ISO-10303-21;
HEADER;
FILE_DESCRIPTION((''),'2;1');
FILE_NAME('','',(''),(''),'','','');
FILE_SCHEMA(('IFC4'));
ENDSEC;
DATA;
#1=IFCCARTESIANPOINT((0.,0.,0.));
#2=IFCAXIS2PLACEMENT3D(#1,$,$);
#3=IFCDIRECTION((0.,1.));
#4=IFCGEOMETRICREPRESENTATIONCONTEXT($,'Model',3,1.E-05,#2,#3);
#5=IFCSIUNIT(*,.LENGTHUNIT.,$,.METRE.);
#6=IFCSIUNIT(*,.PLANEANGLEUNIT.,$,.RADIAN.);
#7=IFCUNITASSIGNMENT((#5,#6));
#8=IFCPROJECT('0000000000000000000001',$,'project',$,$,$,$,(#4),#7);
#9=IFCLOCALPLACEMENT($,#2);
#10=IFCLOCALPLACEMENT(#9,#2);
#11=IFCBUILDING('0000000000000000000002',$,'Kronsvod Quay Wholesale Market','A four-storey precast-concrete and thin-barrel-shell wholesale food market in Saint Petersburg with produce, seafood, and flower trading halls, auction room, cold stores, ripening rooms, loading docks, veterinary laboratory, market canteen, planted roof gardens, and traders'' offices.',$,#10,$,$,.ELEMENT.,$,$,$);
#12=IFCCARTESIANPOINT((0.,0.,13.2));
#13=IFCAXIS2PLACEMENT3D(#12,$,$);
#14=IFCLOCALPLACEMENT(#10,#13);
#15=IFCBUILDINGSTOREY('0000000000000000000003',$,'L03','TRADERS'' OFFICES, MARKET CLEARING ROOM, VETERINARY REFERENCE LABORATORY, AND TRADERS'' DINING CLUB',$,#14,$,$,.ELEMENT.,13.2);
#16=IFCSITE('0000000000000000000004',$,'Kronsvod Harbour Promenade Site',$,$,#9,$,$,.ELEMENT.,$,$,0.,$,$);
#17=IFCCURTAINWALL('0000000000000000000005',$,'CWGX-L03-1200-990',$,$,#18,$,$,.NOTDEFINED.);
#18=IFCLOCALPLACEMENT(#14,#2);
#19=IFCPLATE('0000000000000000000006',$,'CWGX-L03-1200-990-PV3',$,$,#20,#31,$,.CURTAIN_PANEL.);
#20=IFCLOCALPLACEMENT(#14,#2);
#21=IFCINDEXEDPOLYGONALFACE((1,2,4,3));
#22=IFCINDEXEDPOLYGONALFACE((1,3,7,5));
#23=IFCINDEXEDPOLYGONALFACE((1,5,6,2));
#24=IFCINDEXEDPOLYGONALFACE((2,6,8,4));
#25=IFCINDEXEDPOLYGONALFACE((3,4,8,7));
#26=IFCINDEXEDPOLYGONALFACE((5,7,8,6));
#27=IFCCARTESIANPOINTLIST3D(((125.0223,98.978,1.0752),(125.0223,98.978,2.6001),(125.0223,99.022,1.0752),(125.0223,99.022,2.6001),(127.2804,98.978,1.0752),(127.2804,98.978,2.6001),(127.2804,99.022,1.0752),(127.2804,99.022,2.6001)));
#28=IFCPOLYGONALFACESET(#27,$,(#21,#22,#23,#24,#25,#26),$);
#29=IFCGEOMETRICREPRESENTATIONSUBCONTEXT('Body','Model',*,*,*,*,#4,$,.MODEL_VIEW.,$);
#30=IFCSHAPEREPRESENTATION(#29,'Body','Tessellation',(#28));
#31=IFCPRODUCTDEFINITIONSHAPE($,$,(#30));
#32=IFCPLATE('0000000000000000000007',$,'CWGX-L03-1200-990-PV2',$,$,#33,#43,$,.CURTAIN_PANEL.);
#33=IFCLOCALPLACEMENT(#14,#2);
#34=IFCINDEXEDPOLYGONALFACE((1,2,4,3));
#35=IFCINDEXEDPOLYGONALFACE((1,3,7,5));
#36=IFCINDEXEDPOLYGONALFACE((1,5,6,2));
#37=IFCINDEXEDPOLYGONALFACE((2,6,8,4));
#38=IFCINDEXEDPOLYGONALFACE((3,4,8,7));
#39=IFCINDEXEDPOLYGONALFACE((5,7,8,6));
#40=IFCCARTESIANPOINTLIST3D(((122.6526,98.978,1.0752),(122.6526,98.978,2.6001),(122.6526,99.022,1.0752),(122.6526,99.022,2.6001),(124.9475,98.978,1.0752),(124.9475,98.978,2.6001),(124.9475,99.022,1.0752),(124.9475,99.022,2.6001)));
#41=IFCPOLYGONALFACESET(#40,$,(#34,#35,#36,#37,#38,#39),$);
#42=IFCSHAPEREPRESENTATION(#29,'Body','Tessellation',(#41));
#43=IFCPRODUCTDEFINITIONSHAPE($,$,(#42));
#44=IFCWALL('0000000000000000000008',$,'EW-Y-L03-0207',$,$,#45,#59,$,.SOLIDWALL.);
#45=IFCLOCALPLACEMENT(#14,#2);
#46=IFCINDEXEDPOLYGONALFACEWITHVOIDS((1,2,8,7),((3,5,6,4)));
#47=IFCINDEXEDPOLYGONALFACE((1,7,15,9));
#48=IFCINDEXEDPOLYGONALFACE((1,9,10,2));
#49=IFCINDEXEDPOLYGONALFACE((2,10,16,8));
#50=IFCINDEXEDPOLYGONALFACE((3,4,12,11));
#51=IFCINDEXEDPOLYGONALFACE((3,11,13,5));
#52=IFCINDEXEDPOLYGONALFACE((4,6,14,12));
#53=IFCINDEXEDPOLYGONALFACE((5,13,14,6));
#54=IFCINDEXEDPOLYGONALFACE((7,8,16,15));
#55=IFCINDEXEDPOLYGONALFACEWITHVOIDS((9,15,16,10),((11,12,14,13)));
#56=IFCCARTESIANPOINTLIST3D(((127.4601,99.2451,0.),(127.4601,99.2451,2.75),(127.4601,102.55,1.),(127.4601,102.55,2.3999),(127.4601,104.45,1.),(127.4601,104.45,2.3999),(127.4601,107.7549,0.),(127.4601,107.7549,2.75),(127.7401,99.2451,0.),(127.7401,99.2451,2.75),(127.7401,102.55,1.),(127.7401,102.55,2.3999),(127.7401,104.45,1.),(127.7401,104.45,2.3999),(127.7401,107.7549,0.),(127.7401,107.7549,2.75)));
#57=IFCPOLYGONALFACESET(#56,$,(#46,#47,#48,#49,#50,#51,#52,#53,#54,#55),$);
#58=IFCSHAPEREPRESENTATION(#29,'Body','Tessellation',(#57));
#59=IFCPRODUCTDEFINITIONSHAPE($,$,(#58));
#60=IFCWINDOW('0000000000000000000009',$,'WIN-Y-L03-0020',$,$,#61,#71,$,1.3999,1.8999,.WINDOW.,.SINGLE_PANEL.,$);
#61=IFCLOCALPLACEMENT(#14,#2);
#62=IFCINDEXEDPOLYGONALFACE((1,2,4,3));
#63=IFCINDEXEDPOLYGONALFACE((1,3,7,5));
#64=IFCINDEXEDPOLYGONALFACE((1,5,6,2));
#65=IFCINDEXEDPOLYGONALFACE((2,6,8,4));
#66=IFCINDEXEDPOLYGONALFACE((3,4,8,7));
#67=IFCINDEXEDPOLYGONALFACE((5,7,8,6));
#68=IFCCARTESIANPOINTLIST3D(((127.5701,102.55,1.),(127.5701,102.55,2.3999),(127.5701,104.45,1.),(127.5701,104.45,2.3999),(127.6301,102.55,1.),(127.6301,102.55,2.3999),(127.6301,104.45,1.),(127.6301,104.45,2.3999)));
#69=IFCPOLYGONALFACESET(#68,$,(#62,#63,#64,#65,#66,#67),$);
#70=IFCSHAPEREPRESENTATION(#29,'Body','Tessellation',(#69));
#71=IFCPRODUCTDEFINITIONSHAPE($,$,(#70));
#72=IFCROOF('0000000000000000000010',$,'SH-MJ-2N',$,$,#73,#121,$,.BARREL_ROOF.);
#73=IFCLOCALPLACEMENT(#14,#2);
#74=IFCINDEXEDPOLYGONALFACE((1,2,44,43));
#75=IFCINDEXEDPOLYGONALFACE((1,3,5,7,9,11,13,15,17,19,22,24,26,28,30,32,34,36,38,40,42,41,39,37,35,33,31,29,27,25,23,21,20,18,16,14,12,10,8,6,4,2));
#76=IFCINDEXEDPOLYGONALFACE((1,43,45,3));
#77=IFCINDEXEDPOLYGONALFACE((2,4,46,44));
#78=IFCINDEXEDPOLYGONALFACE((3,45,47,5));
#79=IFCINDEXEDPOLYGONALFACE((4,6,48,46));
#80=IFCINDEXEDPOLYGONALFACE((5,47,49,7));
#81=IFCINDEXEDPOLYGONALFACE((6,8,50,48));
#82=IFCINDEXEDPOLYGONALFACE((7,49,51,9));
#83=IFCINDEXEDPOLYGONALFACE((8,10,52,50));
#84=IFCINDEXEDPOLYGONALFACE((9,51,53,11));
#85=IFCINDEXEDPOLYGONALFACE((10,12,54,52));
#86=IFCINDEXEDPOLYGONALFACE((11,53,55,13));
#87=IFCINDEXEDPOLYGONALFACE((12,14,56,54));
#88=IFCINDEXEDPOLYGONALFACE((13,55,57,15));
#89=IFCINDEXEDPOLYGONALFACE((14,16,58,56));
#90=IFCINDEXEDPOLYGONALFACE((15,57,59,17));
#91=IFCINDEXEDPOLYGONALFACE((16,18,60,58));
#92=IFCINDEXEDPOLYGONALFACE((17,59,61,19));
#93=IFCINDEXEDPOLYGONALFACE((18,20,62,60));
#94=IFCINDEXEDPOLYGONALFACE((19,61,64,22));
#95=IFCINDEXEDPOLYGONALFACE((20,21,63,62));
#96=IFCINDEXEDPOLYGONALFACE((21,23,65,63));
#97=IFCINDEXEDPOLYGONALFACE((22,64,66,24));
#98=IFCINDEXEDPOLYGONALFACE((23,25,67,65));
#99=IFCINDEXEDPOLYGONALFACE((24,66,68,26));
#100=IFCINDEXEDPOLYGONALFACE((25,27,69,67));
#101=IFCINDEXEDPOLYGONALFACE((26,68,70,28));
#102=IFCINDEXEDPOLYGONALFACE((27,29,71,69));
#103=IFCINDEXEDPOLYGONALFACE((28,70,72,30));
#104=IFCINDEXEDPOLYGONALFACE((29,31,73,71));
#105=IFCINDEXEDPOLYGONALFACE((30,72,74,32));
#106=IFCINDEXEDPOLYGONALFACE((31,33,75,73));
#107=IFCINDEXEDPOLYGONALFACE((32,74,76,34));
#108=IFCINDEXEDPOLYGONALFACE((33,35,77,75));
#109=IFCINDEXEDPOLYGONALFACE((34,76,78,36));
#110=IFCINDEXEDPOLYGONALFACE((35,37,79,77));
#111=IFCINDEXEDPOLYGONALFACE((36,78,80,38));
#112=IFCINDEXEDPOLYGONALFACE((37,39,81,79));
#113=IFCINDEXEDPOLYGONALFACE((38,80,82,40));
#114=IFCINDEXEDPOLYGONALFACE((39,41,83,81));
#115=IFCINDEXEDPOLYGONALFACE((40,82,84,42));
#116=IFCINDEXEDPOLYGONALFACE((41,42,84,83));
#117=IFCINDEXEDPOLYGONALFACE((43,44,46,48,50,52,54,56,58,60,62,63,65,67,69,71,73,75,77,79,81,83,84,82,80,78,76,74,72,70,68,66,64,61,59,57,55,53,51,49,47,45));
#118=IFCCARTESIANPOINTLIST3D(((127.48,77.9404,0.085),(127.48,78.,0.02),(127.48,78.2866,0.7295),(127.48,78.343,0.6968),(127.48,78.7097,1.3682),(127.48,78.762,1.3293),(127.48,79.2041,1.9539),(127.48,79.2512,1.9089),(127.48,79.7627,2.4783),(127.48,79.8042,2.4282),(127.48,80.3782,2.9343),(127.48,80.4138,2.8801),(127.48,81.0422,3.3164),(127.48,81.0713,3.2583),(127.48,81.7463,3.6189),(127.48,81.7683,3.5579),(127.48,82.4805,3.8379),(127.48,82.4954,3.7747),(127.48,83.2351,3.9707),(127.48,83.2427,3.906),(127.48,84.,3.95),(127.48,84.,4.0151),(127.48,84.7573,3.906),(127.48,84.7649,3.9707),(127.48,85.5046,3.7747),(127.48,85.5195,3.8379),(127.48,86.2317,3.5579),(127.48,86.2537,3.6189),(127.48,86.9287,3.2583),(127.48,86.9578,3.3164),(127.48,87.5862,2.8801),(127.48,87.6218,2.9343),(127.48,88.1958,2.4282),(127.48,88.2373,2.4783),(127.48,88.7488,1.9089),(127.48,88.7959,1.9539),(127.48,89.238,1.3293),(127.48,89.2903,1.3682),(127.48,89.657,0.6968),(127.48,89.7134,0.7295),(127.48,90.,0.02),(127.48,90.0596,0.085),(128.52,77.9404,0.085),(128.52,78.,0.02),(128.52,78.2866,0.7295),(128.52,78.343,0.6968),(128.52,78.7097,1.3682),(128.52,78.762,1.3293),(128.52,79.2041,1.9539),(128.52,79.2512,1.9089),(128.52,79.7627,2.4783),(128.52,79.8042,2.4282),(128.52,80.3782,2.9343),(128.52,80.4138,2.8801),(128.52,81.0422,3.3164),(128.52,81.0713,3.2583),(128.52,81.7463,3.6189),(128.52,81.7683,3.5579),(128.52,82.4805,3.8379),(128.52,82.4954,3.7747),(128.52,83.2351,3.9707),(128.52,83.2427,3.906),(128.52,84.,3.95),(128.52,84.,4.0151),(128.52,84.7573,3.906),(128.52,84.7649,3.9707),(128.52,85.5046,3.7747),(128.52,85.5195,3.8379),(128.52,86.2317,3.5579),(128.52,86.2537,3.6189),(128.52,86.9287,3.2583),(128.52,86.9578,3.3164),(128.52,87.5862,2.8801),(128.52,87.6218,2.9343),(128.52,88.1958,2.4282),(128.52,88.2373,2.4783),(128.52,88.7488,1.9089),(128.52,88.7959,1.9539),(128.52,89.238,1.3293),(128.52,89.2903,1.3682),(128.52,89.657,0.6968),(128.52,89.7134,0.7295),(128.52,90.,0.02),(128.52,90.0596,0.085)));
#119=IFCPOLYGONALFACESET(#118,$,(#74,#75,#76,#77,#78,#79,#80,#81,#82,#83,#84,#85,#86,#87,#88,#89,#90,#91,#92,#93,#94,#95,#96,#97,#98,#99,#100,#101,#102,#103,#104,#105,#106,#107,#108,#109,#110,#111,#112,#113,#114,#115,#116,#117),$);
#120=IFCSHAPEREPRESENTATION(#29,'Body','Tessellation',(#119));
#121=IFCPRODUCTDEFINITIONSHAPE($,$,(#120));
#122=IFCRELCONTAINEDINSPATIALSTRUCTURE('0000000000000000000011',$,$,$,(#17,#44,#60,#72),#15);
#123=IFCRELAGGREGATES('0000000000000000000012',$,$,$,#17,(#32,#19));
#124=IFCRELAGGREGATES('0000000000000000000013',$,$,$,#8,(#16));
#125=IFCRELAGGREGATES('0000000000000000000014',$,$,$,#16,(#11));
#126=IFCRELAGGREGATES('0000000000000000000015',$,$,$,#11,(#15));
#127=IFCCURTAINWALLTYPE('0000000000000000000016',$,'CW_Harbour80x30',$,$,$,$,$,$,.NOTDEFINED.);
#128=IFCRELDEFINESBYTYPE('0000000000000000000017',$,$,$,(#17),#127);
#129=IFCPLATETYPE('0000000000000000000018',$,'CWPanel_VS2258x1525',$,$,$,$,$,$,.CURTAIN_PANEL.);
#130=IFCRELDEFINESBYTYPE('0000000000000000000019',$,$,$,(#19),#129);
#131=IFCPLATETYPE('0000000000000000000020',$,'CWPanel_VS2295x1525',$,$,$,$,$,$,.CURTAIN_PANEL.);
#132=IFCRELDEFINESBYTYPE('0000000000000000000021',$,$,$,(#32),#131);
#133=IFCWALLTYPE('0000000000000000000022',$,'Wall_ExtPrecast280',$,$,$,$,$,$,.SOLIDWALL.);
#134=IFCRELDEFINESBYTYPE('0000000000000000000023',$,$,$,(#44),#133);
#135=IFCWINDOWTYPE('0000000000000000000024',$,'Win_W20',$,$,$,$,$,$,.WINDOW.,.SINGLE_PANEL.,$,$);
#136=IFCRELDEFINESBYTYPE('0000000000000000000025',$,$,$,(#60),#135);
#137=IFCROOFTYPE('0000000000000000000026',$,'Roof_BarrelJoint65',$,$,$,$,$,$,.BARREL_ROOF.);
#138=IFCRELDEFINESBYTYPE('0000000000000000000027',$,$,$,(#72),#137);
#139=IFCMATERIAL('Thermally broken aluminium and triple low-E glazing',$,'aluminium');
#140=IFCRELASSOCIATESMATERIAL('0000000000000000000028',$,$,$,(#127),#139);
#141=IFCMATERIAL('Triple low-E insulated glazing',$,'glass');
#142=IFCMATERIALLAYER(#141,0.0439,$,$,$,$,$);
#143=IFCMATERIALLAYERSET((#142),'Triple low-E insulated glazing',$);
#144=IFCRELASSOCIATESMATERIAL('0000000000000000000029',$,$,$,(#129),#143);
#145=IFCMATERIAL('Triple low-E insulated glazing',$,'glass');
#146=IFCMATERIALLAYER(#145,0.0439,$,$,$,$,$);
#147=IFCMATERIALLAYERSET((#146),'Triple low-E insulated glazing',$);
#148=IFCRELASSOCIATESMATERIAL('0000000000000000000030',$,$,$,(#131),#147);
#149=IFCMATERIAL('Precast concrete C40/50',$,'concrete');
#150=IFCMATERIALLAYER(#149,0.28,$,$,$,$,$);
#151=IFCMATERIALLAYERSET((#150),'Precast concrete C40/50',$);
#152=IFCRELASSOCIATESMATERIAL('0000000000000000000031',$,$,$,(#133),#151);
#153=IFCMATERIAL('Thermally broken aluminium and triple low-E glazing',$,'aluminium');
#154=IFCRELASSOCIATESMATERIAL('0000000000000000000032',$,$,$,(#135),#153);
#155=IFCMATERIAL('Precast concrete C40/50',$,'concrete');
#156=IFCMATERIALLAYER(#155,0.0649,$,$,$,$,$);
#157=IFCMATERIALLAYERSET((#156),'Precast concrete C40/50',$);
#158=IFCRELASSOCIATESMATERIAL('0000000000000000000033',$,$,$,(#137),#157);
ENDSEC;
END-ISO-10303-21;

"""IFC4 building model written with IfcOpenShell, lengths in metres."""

from ifc_helpers import new_model, si_unit, direction, frame, frame_2d, origin, origin_2d, place, context, subcontext, project, spatial, polyline, rectangle, outline, extrude, material, layer, layer_set, type_object, element, fill, aggregate, save


model = new_model("IFC4")

# Units and contexts
model_context = context("Model", 3, precision=1e-05, world=origin(), true_north=direction((0.0, 1.0)))
body_context = subcontext(model_context, "Body", "Model", "MODEL_VIEW")
ifc_project = project(units=[si_unit("LENGTHUNIT", "METRE"), si_unit("PLANEANGLEUNIT", "RADIAN")], contexts=[model_context])

# Site, building, storey
site_placement = place(None, origin())
site = spatial("IfcSite", under=ifc_project, at=site_placement, Name="Kronsvod Harbour Promenade Site", CompositionType="ELEMENT", RefElevation=0.0)
building_placement = place(site_placement, origin())
building = spatial("IfcBuilding", under=site, at=building_placement, Name="Kronsvod Quay Wholesale Market", Description="A four-storey precast-concrete and thin-barrel-shell wholesale food market in Saint Petersburg with produce, seafood, and flower trading halls, auction room, cold stores, ripening rooms, loading docks, veterinary laboratory, market canteen, planted roof gardens, and traders' offices.", CompositionType="ELEMENT")
storey_placement = place(building_placement, frame((0.0, 0.0, 13.2)))
storey = spatial("IfcBuildingStorey", under=building, at=storey_placement, Name="L03", Description="TRADERS' OFFICES, MARKET CLEARING ROOM, VETERINARY REFERENCE LABORATORY, AND TRADERS' DINING CLUB", CompositionType="ELEMENT", Elevation=13.2)

# Curtain wall, plates
ifc_material_1 = material(Name="Thermally broken aluminium and triple low-E glazing", Category="aluminium")
curtain_wall_type = type_object("IfcCurtainWallType", Name="CW_Harbour80x30", PredefinedType="NOTDEFINED", material=ifc_material_1)
curtain_wall_placement = place(storey_placement, origin())
curtain_wall = element("IfcCurtainWall", 1, at=curtain_wall_placement, inside=storey, type_object=curtain_wall_type, Name="CWGX-L03-1200-990", PredefinedType="NOTDEFINED")
ifc_material_2 = material(Name="Triple low-E insulated glazing", Category="glass")
ifc_layer_1 = layer(ifc_material_2, 0.0439)
ifc_layer_set_1 = layer_set([ifc_layer_1], Name="Triple low-E insulated glazing")
plate_type_1 = type_object("IfcPlateType", Name="CWPanel_VS2258x1525", PredefinedType="CURTAIN_PANEL", material=ifc_layer_set_1)
plate_1_placement = place(storey_placement, frame((126.1514, 99.0, 1.0752), z_axis=(0.0, 0.0, 1.0), x_axis=(1.0, 0.0, 0.0)))
plate_1 = element("IfcPlate", 2, at=plate_1_placement, type_object=plate_type_1, Name="CWGX-L03-1200-990-PV3", PredefinedType="CURTAIN_PANEL", context=body_context, shape_type="SweptSolid", body=[
    extrude(rectangle(XDim=2.2581, YDim=0.0439, at=origin_2d()), origin(), (0.0, 0.0, 1.0), 1.5249),
])
ifc_material_3 = material(Name="Triple low-E insulated glazing", Category="glass")
ifc_layer_2 = layer(ifc_material_3, 0.0439)
ifc_layer_set_2 = layer_set([ifc_layer_2], Name="Triple low-E insulated glazing")
plate_type_2 = type_object("IfcPlateType", Name="CWPanel_VS2295x1525", PredefinedType="CURTAIN_PANEL", material=ifc_layer_set_2)
plate_2_placement = place(storey_placement, frame((123.8, 99.0, 1.0752), z_axis=(0.0, 0.0, 1.0), x_axis=(1.0, 0.0, 0.0)))
plate_2 = element("IfcPlate", 3, at=plate_2_placement, type_object=plate_type_2, Name="CWGX-L03-1200-990-PV2", PredefinedType="CURTAIN_PANEL", context=body_context, shape_type="SweptSolid", body=[
    extrude(rectangle(XDim=2.2949, YDim=0.0439, at=origin_2d()), origin(), (0.0, 0.0, 1.0), 1.5249),
])
aggregate(curtain_wall, [plate_2, plate_1])

# Wall, opening, window
ifc_material_4 = material(Name="Precast concrete C40/50", Category="concrete")
ifc_layer_3 = layer(ifc_material_4, 0.28)
ifc_layer_set_3 = layer_set([ifc_layer_3], Name="Precast concrete C40/50")
wall_type = type_object("IfcWallType", Name="Wall_ExtPrecast280", PredefinedType="SOLIDWALL", material=ifc_layer_set_3)
wall_placement = place(storey_placement, frame((127.6001, 99.2451, 0.0), z_axis=(0.0, 0.0, 1.0), x_axis=(0.0, 1.0, 0.0)))
wall = element("IfcWall", 4, at=wall_placement, inside=storey, type_object=wall_type, Name="EW-Y-L03-0207", PredefinedType="SOLIDWALL", context=body_context, shape_type="SweptSolid", body=[
    extrude(rectangle(XDim=8.5098, YDim=0.28, at=frame_2d((4.2549, 0.0))), origin(), (0.0, 0.0, 1.0), 2.75),
])
opening_placement = place(wall_placement, frame((3.3049, 0.0, 1.0)))
opening = element("IfcOpeningElement", 5, at=opening_placement, cuts=wall, PredefinedType="OPENING", context=body_context, shape_type="SweptSolid", body=[
    extrude(rectangle(XDim=1.8999, YDim=1.3999, at=frame_2d((0.95, 0.7))), frame((0.0, 0.1499, 0.0), z_axis=(0.0, -1.0, 0.0), x_axis=(1.0, 0.0, 0.0)), (0.0, 0.0, 1.0), 0.3),
])
ifc_material_5 = material(Name="Thermally broken aluminium and triple low-E glazing", Category="aluminium")
window_type = type_object("IfcWindowType", Name="Win_W20", PartitioningType="SINGLE_PANEL", PredefinedType="WINDOW", material=ifc_material_5)
window_placement = place(opening_placement, origin())
window = element("IfcWindow", 6, at=window_placement, inside=storey, type_object=window_type, Name="WIN-Y-L03-0020", OverallHeight=1.3999, OverallWidth=1.8999, PartitioningType="SINGLE_PANEL", PredefinedType="WINDOW", context=body_context, shape_type="SweptSolid", body=[
    extrude(rectangle(XDim=1.8999, YDim=1.3999, at=frame_2d((0.95, 0.7))), frame((0.0, 0.03, 0.0), z_axis=(0.0, -1.0, 0.0), x_axis=(1.0, 0.0, 0.0)), (0.0, 0.0, 1.0), 0.0601),
])
fill(opening, window)

# Roof
ifc_material_6 = material(Name="Precast concrete C40/50", Category="concrete")
ifc_layer_4 = layer(ifc_material_6, 0.0649)
ifc_layer_set_4 = layer_set([ifc_layer_4], Name="Precast concrete C40/50")
roof_type_1 = type_object("IfcRoofType", Name="Roof_BarrelJoint65", PredefinedType="BARREL_ROOF", material=ifc_layer_set_4)
roof_1_placement = place(storey_placement, frame((127.48, 84.0, 0.02), z_axis=(1.0, 0.0, 0.0), x_axis=(0.0, 1.0, 0.0)))
element("IfcRoof", 7, at=roof_1_placement, inside=storey, type_object=roof_type_1, Name="SH-MJ-2N", PredefinedType="BARREL_ROOF", context=body_context, shape_type="SweptSolid", body=[
    extrude(outline(polyline([(-6.0, 0.0), (-5.657, 0.6768), (-5.238, 1.3093), (-4.7488, 1.8889), (-4.1958, 2.4082), (-3.5862, 2.8601), (-2.9287, 3.2383), (-2.2317, 3.5378), (-1.5046, 3.7546), (-0.7573, 3.886), (0.0, 3.9299), (0.7573, 3.886), (1.5046, 3.7546), (2.2317, 3.5378), (2.9287, 3.2383), (3.5862, 2.8601), (4.1958, 2.4082), (4.7488, 1.8889), (5.238, 1.3093), (5.657, 0.6768), (6.0, 0.0), (6.0596, 0.0649), (5.7134, 0.7095), (5.2903, 1.3481), (4.7959, 1.9338), (4.2373, 2.4583), (3.6218, 2.9143), (2.9578, 3.2964), (2.2537, 3.5989), (1.5195, 3.8179), (0.7649, 3.9507), (0.0, 3.9951), (-0.7649, 3.9507), (-1.5195, 3.8179), (-2.2537, 3.5989), (-2.9578, 3.2964), (-3.6218, 2.9143), (-4.2373, 2.4583), (-4.7959, 1.9338), (-5.2903, 1.3481), (-5.7134, 0.7095), (-6.0596, 0.0649), (-6.0, 0.0)])), origin(), (0.0, 0.0, 1.0), 1.04),
])

save(model, "model.ifc")
